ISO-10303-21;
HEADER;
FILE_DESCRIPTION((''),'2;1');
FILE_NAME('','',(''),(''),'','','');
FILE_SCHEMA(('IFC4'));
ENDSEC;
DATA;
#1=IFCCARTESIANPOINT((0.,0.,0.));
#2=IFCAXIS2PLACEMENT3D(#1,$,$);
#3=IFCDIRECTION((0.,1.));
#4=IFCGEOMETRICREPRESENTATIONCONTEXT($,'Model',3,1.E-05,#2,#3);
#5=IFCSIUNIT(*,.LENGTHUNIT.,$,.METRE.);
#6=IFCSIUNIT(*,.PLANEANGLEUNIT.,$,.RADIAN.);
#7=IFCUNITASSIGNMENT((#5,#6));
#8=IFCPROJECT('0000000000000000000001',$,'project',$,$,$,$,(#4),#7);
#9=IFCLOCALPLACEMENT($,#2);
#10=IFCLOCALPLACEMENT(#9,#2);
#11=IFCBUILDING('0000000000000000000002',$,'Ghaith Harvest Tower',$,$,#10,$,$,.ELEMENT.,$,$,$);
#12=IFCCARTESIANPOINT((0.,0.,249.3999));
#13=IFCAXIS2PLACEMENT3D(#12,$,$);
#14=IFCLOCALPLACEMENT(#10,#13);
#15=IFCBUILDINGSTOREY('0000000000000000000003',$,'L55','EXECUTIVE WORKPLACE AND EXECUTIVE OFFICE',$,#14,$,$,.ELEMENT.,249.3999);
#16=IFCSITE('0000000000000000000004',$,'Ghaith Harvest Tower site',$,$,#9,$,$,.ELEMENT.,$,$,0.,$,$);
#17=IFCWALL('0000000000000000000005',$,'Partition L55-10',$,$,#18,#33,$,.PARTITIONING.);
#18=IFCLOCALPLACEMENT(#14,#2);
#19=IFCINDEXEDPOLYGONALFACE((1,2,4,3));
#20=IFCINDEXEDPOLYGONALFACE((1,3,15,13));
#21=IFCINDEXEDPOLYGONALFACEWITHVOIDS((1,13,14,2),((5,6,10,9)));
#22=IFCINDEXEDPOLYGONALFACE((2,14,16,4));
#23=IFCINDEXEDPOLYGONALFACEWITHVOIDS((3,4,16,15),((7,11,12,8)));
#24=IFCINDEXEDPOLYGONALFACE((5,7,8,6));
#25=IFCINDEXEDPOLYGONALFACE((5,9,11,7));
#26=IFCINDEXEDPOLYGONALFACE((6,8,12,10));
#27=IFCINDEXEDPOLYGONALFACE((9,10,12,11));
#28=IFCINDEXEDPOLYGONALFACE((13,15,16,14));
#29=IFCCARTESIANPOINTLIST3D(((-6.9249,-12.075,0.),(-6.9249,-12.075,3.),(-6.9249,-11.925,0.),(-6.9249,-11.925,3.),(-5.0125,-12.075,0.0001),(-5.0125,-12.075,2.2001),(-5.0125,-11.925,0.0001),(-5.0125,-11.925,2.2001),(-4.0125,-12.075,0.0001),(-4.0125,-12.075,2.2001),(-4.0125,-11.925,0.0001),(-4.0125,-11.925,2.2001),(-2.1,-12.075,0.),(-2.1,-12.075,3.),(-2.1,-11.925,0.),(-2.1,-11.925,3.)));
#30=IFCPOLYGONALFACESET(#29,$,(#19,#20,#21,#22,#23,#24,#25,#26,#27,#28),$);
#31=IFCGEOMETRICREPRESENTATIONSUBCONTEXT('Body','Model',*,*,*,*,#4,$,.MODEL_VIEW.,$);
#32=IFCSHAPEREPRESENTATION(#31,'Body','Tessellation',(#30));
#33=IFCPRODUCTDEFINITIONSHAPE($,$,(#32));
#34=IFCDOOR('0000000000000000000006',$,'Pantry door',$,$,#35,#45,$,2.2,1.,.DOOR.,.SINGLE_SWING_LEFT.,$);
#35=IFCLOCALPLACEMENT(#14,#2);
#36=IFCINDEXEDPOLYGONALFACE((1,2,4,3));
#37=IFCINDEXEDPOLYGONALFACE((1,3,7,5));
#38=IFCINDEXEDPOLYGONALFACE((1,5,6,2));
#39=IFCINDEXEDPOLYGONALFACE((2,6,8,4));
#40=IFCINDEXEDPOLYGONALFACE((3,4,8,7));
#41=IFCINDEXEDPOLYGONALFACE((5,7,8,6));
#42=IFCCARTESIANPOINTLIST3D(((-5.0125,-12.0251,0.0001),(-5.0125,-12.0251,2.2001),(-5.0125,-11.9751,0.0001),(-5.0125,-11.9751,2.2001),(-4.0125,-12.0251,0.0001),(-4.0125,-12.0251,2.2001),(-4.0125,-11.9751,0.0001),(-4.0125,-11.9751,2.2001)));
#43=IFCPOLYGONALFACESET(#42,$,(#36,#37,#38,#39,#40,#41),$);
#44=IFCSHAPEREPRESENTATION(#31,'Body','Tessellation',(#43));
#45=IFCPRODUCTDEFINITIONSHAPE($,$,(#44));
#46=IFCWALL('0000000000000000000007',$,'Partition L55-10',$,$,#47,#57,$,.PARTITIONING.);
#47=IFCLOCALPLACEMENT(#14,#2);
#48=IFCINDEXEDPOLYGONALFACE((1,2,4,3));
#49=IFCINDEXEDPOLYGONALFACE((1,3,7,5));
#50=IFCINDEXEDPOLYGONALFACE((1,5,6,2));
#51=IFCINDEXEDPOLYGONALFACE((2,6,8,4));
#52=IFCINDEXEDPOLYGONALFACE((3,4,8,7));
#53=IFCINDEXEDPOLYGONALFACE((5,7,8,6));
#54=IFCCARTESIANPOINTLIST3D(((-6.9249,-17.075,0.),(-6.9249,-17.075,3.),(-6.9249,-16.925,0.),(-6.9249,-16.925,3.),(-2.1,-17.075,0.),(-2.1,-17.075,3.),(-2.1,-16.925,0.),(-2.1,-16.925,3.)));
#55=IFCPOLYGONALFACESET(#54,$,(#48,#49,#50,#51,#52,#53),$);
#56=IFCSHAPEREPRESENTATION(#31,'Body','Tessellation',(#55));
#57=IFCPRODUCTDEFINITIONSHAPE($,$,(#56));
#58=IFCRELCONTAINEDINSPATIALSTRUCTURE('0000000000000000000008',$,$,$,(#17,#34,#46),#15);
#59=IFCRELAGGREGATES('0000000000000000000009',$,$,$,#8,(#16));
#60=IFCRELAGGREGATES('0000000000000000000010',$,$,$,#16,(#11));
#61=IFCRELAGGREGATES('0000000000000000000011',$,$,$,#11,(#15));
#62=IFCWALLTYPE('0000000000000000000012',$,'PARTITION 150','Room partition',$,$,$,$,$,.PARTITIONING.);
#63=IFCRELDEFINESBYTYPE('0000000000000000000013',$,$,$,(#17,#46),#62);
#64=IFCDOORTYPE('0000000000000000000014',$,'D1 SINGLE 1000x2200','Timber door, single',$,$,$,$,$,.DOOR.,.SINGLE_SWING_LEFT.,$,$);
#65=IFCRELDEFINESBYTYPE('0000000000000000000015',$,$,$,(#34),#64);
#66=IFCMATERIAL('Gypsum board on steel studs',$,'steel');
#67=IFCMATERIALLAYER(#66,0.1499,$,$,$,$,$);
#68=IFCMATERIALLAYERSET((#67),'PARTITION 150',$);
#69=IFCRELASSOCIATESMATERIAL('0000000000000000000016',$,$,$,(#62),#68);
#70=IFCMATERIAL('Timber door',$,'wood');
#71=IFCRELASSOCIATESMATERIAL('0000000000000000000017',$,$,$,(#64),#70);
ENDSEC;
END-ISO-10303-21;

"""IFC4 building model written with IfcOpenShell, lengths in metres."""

from ifc_helpers import new_model, si_unit, direction, frame, frame_2d, origin, place, context, subcontext, project, spatial, rectangle, extrude, material, layer, layer_set, type_object, element, fill, save


model = new_model("IFC4")

# Units and contexts
model_context = context("Model", 3, precision=1e-05, world=origin(), true_north=direction((0.0, 1.0)))
body_context = subcontext(model_context, "Body", "Model", "MODEL_VIEW")
ifc_project = project(units=[si_unit("LENGTHUNIT", "METRE"), si_unit("PLANEANGLEUNIT", "RADIAN")], contexts=[model_context])

# Site, building, storey
site_placement = place(None, origin())
site = spatial("IfcSite", under=ifc_project, at=site_placement, Name="Ghaith Harvest Tower site", CompositionType="ELEMENT", RefElevation=0.0)
building_placement = place(site_placement, origin())
building = spatial("IfcBuilding", under=site, at=building_placement, Name="Ghaith Harvest Tower", CompositionType="ELEMENT")
storey_placement = place(building_placement, frame((0.0, 0.0, 249.3999)))
storey = spatial("IfcBuildingStorey", under=building, at=storey_placement, Name="L55", Description="EXECUTIVE WORKPLACE AND EXECUTIVE OFFICE", CompositionType="ELEMENT", Elevation=249.3999)

# Shared definitions
ifc_material_1 = material(Name="Gypsum board on steel studs", Category="steel")
ifc_layer_1 = layer(ifc_material_1, 0.1499)
ifc_layer_set_1 = layer_set([ifc_layer_1], Name="PARTITION 150")
wall_type_1 = type_object("IfcWallType", Name="PARTITION 150", Description="Room partition", PredefinedType="PARTITIONING", material=ifc_layer_set_1)

# Shared definitions
ifc_material_2 = material(Name="Timber door", Category="wood")
door_type_1 = type_object("IfcDoorType", Name="D1 SINGLE 1000x2200", Description="Timber door, single", OperationType="SINGLE_SWING_LEFT", PredefinedType="DOOR", material=ifc_material_2)

# Wall, opening, door
wall_1_placement = place(storey_placement, frame((-6.925, -12.0, 0.0), z_axis=(0.0, 0.0, 1.0), x_axis=(1.0, 0.0, 0.0)))
wall_1 = element("IfcWall", 1, at=wall_1_placement, inside=storey, type_object=wall_type_1, Name="Partition L55-10", PredefinedType="PARTITIONING", context=body_context, shape_type="SweptSolid", body=[
    extrude(rectangle(XDim=4.825, YDim=0.1499, at=frame_2d((2.4126, 0.0))), origin(), (0.0, 0.0, 1.0), 3.0),
])
opening_1_placement = place(wall_1_placement, frame((1.9126, 0.0, 0.0)))
opening_1 = element("IfcOpeningElement", 2, at=opening_1_placement, cuts=wall_1, PredefinedType="OPENING", context=body_context, shape_type="SweptSolid", body=[
    extrude(rectangle(XDim=1.0, YDim=2.2, at=frame_2d((0.5, 1.1001))), frame((0.0, 0.085, 0.0), z_axis=(0.0, -1.0, 0.0), x_axis=(1.0, 0.0, 0.0)), (0.0, 0.0, 1.0), 0.1699),
])
door_1_placement = place(opening_1_placement, origin())
door_1 = element("IfcDoor", 3, at=door_1_placement, inside=storey, type_object=door_type_1, Name="Pantry door", OperationType="SINGLE_SWING_LEFT", OverallHeight=2.2, OverallWidth=1.0, PredefinedType="DOOR", context=body_context, shape_type="SweptSolid", body=[
    extrude(rectangle(XDim=1.0, YDim=2.2, at=frame_2d((0.5, 1.1001))), frame((0.0, 0.0249, 0.0), z_axis=(0.0, -1.0, 0.0), x_axis=(1.0, 0.0, 0.0)), (0.0, 0.0, 1.0), 0.05),
])
fill(opening_1, door_1)

# Wall
wall_2_placement = place(storey_placement, frame((-6.925, -17.0, 0.0), z_axis=(0.0, 0.0, 1.0), x_axis=(1.0, 0.0, 0.0)))
element("IfcWall", 4, at=wall_2_placement, inside=storey, type_object=wall_type_1, Name="Partition L55-10", PredefinedType="PARTITIONING", context=body_context, shape_type="SweptSolid", body=[
    extrude(rectangle(XDim=4.825, YDim=0.1499, at=frame_2d((2.4126, 0.0))), origin(), (0.0, 0.0, 1.0), 3.0),
])

save(model, "model.ifc")
